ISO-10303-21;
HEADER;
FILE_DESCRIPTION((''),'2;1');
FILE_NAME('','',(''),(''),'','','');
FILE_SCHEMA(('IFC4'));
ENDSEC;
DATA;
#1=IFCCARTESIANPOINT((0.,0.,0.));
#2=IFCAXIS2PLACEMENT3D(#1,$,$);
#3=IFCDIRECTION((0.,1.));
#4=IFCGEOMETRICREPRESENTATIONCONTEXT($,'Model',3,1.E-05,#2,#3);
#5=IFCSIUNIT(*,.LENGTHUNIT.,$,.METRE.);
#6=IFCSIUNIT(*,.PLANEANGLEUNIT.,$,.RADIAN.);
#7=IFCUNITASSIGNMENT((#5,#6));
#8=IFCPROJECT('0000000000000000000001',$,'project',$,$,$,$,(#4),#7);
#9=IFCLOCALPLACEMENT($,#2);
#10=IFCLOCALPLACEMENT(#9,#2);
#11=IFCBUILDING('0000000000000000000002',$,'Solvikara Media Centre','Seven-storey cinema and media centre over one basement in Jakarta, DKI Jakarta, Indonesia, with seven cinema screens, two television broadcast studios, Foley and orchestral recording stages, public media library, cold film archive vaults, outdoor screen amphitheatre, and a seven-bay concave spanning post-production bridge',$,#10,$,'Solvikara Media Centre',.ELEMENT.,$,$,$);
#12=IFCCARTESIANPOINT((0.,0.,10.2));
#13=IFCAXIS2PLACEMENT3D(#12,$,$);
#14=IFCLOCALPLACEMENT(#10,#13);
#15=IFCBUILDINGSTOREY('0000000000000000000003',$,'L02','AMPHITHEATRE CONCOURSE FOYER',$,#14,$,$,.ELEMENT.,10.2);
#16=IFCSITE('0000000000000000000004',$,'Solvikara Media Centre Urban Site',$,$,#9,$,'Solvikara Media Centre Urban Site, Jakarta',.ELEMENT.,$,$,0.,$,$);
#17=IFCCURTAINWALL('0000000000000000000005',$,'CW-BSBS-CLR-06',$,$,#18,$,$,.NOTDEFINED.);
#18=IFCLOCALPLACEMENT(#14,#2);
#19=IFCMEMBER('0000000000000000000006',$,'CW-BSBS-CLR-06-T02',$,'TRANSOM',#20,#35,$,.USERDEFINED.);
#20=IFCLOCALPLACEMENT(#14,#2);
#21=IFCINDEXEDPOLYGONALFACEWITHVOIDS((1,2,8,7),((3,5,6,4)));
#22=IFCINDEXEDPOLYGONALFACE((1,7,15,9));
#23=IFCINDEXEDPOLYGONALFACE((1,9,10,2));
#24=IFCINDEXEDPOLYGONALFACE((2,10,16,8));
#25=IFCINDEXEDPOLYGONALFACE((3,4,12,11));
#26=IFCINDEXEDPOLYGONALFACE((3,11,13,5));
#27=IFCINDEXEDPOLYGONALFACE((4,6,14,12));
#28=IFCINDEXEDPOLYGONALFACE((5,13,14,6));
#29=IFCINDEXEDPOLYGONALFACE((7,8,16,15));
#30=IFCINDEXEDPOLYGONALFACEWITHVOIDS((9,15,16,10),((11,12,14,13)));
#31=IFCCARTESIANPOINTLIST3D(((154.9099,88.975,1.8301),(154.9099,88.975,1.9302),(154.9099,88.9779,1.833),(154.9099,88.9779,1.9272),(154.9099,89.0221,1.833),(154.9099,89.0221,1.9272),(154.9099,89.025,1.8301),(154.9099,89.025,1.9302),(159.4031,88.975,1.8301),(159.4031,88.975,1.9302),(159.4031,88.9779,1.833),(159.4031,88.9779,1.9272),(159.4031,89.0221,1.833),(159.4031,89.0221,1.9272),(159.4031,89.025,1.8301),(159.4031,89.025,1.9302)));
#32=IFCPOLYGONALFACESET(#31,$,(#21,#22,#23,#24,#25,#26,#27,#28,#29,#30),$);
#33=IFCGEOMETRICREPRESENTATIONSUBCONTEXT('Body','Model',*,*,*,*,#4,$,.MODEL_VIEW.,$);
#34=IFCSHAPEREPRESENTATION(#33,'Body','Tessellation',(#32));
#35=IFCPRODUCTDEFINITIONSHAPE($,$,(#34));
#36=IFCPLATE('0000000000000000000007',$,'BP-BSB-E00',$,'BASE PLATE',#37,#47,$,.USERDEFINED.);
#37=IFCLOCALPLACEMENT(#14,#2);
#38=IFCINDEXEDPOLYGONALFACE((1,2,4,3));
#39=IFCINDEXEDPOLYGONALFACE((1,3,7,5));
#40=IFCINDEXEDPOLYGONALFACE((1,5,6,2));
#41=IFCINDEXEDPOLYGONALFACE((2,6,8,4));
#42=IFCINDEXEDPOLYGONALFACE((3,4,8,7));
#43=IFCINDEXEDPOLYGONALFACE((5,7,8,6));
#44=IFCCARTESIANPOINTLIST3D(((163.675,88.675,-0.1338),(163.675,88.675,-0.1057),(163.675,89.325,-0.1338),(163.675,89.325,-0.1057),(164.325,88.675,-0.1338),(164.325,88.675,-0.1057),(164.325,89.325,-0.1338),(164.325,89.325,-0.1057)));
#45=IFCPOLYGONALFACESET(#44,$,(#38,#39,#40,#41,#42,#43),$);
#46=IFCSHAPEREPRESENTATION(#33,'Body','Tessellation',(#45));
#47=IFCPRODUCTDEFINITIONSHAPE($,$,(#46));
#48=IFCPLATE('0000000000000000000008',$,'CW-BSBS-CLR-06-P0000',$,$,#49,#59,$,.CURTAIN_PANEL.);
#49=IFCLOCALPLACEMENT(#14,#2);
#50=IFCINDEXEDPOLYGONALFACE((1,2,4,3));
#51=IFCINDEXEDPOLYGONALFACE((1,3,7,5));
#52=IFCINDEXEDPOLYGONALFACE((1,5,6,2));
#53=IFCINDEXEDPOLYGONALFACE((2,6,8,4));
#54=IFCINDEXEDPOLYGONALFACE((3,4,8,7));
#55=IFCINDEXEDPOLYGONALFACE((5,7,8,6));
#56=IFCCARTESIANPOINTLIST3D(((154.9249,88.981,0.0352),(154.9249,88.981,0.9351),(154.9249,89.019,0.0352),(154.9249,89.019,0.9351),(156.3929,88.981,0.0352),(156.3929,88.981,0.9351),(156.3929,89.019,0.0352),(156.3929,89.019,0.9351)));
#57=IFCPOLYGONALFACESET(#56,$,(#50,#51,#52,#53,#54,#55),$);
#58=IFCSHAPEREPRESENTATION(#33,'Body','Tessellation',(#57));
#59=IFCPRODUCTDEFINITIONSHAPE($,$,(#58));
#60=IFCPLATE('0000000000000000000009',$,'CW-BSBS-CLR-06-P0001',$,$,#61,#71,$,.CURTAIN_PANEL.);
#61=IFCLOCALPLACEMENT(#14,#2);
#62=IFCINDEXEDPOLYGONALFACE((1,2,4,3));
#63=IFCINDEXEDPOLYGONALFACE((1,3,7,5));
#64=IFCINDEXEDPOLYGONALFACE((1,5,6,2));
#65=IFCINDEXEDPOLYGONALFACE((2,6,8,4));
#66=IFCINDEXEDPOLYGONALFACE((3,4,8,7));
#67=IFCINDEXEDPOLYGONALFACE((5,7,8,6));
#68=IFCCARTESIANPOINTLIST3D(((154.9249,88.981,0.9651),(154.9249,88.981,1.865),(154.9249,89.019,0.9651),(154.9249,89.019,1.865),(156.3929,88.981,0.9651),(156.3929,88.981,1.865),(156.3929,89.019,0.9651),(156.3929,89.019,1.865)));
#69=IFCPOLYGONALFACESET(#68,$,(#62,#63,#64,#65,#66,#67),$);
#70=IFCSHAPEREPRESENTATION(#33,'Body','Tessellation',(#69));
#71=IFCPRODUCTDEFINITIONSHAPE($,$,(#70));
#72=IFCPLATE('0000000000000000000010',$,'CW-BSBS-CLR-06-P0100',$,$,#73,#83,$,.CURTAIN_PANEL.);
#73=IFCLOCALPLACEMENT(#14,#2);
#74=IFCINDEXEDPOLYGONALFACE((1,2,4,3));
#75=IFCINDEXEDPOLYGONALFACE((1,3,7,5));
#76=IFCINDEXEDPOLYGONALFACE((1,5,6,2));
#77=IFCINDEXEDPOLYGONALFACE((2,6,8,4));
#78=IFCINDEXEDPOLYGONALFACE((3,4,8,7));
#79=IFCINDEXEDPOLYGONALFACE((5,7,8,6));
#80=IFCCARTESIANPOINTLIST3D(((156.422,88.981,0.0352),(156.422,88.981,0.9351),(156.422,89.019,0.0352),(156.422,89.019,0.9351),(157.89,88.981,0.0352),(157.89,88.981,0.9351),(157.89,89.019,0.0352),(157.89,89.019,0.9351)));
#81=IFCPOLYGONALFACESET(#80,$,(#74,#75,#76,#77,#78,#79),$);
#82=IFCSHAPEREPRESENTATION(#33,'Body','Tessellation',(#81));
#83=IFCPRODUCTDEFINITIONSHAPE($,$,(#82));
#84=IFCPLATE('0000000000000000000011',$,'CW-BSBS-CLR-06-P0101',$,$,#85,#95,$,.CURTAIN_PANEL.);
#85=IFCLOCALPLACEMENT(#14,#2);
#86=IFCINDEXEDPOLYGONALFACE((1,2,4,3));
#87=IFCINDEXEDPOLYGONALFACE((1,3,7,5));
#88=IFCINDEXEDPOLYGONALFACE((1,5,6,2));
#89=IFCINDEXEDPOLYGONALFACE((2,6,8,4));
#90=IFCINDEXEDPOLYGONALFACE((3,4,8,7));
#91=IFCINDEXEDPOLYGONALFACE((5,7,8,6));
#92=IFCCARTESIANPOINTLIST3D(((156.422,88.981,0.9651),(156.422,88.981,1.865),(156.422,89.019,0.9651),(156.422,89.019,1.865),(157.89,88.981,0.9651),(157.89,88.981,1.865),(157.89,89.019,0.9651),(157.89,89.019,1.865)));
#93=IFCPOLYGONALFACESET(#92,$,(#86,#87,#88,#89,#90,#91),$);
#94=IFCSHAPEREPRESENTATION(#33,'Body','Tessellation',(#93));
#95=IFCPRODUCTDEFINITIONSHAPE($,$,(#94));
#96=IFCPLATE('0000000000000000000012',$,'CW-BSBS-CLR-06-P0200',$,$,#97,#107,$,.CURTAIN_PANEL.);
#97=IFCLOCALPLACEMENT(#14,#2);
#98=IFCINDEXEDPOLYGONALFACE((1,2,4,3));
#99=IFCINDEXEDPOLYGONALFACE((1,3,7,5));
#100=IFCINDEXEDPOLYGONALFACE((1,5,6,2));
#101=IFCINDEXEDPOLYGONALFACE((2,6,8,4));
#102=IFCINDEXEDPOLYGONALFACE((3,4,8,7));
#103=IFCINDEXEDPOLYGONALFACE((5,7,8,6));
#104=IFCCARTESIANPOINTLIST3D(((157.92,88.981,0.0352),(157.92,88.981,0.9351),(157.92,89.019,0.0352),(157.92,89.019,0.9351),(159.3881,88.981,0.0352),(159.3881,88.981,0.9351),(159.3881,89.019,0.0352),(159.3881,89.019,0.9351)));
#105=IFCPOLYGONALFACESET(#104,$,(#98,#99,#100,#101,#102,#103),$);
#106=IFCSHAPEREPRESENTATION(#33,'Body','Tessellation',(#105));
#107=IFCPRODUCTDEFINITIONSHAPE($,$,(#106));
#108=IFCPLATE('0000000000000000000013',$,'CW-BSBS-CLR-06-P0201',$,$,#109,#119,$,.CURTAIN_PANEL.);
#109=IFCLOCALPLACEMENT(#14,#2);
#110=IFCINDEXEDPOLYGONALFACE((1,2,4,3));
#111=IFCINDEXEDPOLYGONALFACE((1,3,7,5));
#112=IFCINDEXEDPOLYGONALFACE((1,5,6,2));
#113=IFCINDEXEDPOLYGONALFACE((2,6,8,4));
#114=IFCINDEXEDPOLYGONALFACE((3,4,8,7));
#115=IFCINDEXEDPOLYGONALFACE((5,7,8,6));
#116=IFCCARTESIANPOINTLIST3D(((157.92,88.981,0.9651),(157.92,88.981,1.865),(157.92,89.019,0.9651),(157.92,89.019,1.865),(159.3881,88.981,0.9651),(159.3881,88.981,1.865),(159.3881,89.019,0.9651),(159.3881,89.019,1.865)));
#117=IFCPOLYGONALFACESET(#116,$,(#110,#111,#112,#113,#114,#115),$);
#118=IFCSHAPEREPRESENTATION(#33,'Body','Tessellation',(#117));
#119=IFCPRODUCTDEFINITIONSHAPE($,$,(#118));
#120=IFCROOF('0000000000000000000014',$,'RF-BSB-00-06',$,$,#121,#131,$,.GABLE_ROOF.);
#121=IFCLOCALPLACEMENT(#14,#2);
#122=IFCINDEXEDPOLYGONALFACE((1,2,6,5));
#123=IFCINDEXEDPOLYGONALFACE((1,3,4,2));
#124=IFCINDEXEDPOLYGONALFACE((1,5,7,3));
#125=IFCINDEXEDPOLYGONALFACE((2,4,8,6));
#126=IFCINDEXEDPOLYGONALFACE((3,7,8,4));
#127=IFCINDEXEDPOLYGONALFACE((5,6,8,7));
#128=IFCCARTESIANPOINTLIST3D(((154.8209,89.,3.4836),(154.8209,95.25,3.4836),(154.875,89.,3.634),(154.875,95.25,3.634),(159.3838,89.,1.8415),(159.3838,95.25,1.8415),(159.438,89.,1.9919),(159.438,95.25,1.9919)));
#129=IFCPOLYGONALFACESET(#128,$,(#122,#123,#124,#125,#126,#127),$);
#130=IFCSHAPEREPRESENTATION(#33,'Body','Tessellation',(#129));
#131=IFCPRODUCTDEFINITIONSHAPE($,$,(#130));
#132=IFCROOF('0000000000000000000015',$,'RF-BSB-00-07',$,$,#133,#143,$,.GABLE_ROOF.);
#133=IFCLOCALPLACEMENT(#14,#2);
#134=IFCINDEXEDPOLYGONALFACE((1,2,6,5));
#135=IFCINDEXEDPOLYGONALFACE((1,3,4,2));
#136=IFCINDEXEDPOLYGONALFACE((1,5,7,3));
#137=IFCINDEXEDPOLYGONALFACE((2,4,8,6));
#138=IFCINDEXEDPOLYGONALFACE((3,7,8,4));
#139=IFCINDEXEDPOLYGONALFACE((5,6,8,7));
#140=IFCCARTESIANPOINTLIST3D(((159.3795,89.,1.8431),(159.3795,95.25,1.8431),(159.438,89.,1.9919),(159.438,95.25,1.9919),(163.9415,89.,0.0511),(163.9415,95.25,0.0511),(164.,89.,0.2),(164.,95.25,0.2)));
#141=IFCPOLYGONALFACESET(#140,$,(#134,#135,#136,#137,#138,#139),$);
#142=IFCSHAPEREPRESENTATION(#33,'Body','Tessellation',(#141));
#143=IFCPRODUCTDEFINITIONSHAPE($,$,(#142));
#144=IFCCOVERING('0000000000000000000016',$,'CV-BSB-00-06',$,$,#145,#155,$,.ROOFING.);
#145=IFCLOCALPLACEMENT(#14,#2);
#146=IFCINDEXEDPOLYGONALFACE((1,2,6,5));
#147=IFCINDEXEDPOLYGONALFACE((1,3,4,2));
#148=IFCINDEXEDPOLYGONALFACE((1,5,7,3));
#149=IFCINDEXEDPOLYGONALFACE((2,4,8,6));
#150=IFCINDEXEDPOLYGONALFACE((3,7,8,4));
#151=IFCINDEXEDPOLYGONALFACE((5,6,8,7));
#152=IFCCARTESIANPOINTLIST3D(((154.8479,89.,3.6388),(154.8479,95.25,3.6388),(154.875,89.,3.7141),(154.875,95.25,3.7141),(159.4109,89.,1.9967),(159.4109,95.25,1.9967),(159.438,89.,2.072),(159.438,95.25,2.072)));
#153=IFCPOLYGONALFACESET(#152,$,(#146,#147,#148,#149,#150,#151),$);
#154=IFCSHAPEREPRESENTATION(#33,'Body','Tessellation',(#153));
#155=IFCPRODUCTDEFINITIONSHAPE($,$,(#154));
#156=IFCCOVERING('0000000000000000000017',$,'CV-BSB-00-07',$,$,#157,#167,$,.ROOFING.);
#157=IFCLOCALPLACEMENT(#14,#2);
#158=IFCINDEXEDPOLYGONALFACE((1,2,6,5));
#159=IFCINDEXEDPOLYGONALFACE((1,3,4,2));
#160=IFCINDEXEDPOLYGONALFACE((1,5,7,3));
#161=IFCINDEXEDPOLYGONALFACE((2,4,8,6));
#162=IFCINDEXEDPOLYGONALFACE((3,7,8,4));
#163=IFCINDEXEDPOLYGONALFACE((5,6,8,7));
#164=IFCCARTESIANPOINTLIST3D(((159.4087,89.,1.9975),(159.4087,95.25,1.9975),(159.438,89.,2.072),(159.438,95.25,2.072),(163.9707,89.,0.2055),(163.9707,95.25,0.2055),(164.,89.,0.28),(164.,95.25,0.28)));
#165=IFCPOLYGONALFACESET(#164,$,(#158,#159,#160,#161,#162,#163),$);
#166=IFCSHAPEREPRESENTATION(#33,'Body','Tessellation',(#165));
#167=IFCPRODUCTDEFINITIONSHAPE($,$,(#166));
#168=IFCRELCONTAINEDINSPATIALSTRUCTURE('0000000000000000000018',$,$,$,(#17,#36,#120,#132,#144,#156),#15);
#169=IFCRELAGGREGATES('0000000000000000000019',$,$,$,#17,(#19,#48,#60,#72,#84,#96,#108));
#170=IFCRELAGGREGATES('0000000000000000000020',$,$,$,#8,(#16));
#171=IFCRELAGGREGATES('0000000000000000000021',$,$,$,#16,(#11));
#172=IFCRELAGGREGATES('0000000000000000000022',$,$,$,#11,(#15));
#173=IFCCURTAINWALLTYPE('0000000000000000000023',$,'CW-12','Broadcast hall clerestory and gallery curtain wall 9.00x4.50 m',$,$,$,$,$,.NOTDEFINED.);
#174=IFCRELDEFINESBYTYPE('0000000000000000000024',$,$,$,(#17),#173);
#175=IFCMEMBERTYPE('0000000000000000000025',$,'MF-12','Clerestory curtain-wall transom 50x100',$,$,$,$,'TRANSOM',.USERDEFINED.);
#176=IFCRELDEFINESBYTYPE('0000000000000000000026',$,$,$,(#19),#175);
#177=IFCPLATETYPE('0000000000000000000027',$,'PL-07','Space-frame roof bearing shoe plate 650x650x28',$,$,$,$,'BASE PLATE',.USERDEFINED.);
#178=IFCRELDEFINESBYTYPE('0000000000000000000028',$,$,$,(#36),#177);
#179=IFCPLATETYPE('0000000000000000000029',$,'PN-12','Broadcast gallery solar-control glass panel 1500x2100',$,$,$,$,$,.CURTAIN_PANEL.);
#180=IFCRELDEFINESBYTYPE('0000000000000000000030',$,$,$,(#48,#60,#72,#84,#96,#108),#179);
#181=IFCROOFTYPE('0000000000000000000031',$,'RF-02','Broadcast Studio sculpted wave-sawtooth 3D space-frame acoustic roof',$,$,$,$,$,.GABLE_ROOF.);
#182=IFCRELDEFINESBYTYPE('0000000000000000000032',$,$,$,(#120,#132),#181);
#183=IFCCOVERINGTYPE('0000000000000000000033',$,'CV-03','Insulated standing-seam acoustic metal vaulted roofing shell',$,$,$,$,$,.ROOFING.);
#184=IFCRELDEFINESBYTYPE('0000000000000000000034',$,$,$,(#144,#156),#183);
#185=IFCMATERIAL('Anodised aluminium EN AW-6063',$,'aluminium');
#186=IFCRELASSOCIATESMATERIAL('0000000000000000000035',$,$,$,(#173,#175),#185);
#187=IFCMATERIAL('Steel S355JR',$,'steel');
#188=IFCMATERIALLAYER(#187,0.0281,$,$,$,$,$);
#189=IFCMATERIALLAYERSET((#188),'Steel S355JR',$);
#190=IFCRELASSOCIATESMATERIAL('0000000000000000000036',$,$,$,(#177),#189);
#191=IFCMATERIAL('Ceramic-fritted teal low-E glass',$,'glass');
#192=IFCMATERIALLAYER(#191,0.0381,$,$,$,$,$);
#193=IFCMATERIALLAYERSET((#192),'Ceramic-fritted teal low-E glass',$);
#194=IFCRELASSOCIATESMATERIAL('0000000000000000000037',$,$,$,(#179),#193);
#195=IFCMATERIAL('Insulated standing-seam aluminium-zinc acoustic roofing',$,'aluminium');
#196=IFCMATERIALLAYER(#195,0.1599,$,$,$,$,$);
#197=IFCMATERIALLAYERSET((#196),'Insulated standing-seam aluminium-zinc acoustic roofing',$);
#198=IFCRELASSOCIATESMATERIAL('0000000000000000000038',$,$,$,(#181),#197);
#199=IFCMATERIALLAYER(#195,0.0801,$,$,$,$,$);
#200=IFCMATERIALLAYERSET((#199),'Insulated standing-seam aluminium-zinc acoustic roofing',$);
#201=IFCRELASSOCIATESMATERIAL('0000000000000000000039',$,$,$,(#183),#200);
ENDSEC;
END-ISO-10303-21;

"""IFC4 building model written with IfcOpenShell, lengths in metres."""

from ifc_helpers import new_model, si_unit, direction, frame, origin, origin_2d, place, context, subcontext, project, spatial, polyline, rectangle, hollow_rectangle, outline, extrude, material, layer, layer_set, material_profile, profile_set, type_object, element, aggregate, save


model = new_model("IFC4")

# Units and contexts
model_context = context("Model", 3, precision=1e-05, world=origin(), true_north=direction((0.0, 1.0)))
body_context = subcontext(model_context, "Body", "Model", "MODEL_VIEW")
ifc_project = project(units=[si_unit("LENGTHUNIT", "METRE"), si_unit("PLANEANGLEUNIT", "RADIAN")], contexts=[model_context])

# Site, building, storey
site_placement = place(None, origin())
site = spatial("IfcSite", under=ifc_project, at=site_placement, Name="Solvikara Media Centre Urban Site", LongName="Solvikara Media Centre Urban Site, Jakarta", CompositionType="ELEMENT", RefElevation=0.0)
building_placement = place(site_placement, origin())
building = spatial("IfcBuilding", under=site, at=building_placement, Name="Solvikara Media Centre", Description="Seven-storey cinema and media centre over one basement in Jakarta, DKI Jakarta, Indonesia, with seven cinema screens, two television broadcast studios, Foley and orchestral recording stages, public media library, cold film archive vaults, outdoor screen amphitheatre, and a seven-bay concave spanning post-production bridge", LongName="Solvikara Media Centre", CompositionType="ELEMENT")
storey_placement = place(building_placement, frame((0.0, 0.0, 10.2)))
storey = spatial("IfcBuildingStorey", under=building, at=storey_placement, Name="L02", Description="AMPHITHEATRE CONCOURSE FOYER", CompositionType="ELEMENT", Elevation=10.2)

# Shared definitions
ifc_material_1 = material(Name="Steel S355JR", Category="steel")

# Shared definitions
ifc_material_2 = material(Name="Anodised aluminium EN AW-6063", Category="aluminium")
curtain_wall_type = type_object("IfcCurtainWallType", Name="CW-12", Description="Broadcast hall clerestory and gallery curtain wall 9.00x4.50 m", PredefinedType="NOTDEFINED", material=ifc_material_2)

# Curtain wall, member
curtain_wall_1_placement = place(storey_placement, origin())
curtain_wall_1 = element("IfcCurtainWall", 1, at=curtain_wall_1_placement, inside=storey, type_object=curtain_wall_type, Name="CW-BSBS-CLR-06", PredefinedType="NOTDEFINED")
ifc_material_profile_1 = material_profile(ifc_material_2, hollow_rectangle(XDim=0.05, YDim=0.1001, WallThickness=0.0029, at=origin_2d()), Name="ALU-T 50x100x3")
ifc_profile_set_1 = profile_set([ifc_material_profile_1], Name="Anodised aluminium EN AW-6063")
member_type_1 = type_object("IfcMemberType", Name="MF-12", Description="Clerestory curtain-wall transom 50x100", ElementType="TRANSOM", PredefinedType="USERDEFINED", material=ifc_profile_set_1)
member_1_placement = place(storey_placement, frame((154.9099, 89.0, 1.8801), z_axis=(1.0, 0.0, 0.0), x_axis=(0.0, 1.0, 0.0)))
member_1 = element("IfcMember", 2, at=member_1_placement, type_object=member_type_1, Name="CW-BSBS-CLR-06-T02", ObjectType="TRANSOM", PredefinedType="USERDEFINED", context=body_context, shape_type="SweptSolid", body=[
    extrude(hollow_rectangle(XDim=0.05, YDim=0.1001, WallThickness=0.0029, at=origin_2d()), origin(), (0.0, 0.0, 1.0), 4.4932),
])

# Plates
ifc_layer_1 = layer(ifc_material_1, 0.0281)
ifc_layer_set_1 = layer_set([ifc_layer_1], Name="Steel S355JR")
plate_type_1 = type_object("IfcPlateType", Name="PL-07", Description="Space-frame roof bearing shoe plate 650x650x28", ElementType="BASE PLATE", PredefinedType="USERDEFINED", material=ifc_layer_set_1)
plate_1_placement = place(storey_placement, frame((164.0, 89.0, -0.1338), z_axis=(0.0, 0.0, 1.0), x_axis=(1.0, 0.0, 0.0)))
element("IfcPlate", 3, at=plate_1_placement, inside=storey, type_object=plate_type_1, Name="BP-BSB-E00", ObjectType="BASE PLATE", PredefinedType="USERDEFINED", context=body_context, shape_type="SweptSolid", body=[
    extrude(rectangle(XDim=0.6499, YDim=0.6499, at=origin_2d()), origin(), (0.0, 0.0, 1.0), 0.0281),
])
ifc_material_3 = material(Name="Ceramic-fritted teal low-E glass", Category="glass")
ifc_layer_2 = layer(ifc_material_3, 0.0381)
ifc_layer_set_2 = layer_set([ifc_layer_2], Name="Ceramic-fritted teal low-E glass")
plate_type_2 = type_object("IfcPlateType", Name="PN-12", Description="Broadcast gallery solar-control glass panel 1500x2100", PredefinedType="CURTAIN_PANEL", material=ifc_layer_set_2)
plate_2_placement = place(storey_placement, frame((155.6589, 89.0, 0.0352), z_axis=(0.0, 0.0, 1.0), x_axis=(1.0, 0.0, 0.0)))
plate_2 = element("IfcPlate", 4, at=plate_2_placement, type_object=plate_type_2, Name="CW-BSBS-CLR-06-P0000", PredefinedType="CURTAIN_PANEL", context=body_context, shape_type="SweptSolid", body=[
    extrude(rectangle(XDim=1.468, YDim=0.0381, at=origin_2d()), origin(), (0.0, 0.0, 1.0), 0.8999),
])
plate_3_placement = place(storey_placement, frame((155.6589, 89.0, 0.9651), z_axis=(0.0, 0.0, 1.0), x_axis=(1.0, 0.0, 0.0)))
plate_3 = element("IfcPlate", 5, at=plate_3_placement, type_object=plate_type_2, Name="CW-BSBS-CLR-06-P0001", PredefinedType="CURTAIN_PANEL", context=body_context, shape_type="SweptSolid", body=[
    extrude(rectangle(XDim=1.468, YDim=0.0381, at=origin_2d()), origin(), (0.0, 0.0, 1.0), 0.8999),
])
plate_4_placement = place(storey_placement, frame((157.156, 89.0, 0.0352), z_axis=(0.0, 0.0, 1.0), x_axis=(1.0, 0.0, 0.0)))
plate_4 = element("IfcPlate", 6, at=plate_4_placement, type_object=plate_type_2, Name="CW-BSBS-CLR-06-P0100", PredefinedType="CURTAIN_PANEL", context=body_context, shape_type="SweptSolid", body=[
    extrude(rectangle(XDim=1.468, YDim=0.0381, at=origin_2d()), origin(), (0.0, 0.0, 1.0), 0.8999),
])
plate_5_placement = place(storey_placement, frame((157.156, 89.0, 0.9651), z_axis=(0.0, 0.0, 1.0), x_axis=(1.0, 0.0, 0.0)))
plate_5 = element("IfcPlate", 7, at=plate_5_placement, type_object=plate_type_2, Name="CW-BSBS-CLR-06-P0101", PredefinedType="CURTAIN_PANEL", context=body_context, shape_type="SweptSolid", body=[
    extrude(rectangle(XDim=1.468, YDim=0.0381, at=origin_2d()), origin(), (0.0, 0.0, 1.0), 0.8999),
])
plate_6_placement = place(storey_placement, frame((158.6541, 89.0, 0.0352), z_axis=(0.0, 0.0, 1.0), x_axis=(1.0, 0.0, 0.0)))
plate_6 = element("IfcPlate", 8, at=plate_6_placement, type_object=plate_type_2, Name="CW-BSBS-CLR-06-P0200", PredefinedType="CURTAIN_PANEL", context=body_context, shape_type="SweptSolid", body=[
    extrude(rectangle(XDim=1.468, YDim=0.0381, at=origin_2d()), origin(), (0.0, 0.0, 1.0), 0.8999),
])
plate_7_placement = place(storey_placement, frame((158.6541, 89.0, 0.9651), z_axis=(0.0, 0.0, 1.0), x_axis=(1.0, 0.0, 0.0)))
plate_7 = element("IfcPlate", 9, at=plate_7_placement, type_object=plate_type_2, Name="CW-BSBS-CLR-06-P0201", PredefinedType="CURTAIN_PANEL", context=body_context, shape_type="SweptSolid", body=[
    extrude(rectangle(XDim=1.468, YDim=0.0381, at=origin_2d()), origin(), (0.0, 0.0, 1.0), 0.8999),
])
aggregate(curtain_wall_1, [member_1, plate_2, plate_3, plate_4, plate_5, plate_6, plate_7])

# Roofs
ifc_material_4 = material(Name="Insulated standing-seam aluminium-zinc acoustic roofing", Category="aluminium")
ifc_layer_3 = layer(ifc_material_4, 0.1599)
ifc_layer_set_3 = layer_set([ifc_layer_3], Name="Insulated standing-seam aluminium-zinc acoustic roofing")
roof_type = type_object("IfcRoofType", Name="RF-02", Description="Broadcast Studio sculpted wave-sawtooth 3D space-frame acoustic roof", PredefinedType="GABLE_ROOF", material=ifc_layer_set_3)
roof_1_placement = place(storey_placement, frame((154.875, 89.0, 3.634), z_axis=(0.338613, 0.0, 0.940926), x_axis=(0.940926, 0.0, -0.338613)))
element("IfcRoof", 10, at=roof_1_placement, inside=storey, type_object=roof_type, Name="RF-BSB-00-06", PredefinedType="GABLE_ROOF", context=body_context, shape_type="SweptSolid", body=[
    extrude(outline(polyline([(0.0, 0.0), (4.8495, 0.0), (4.8495, 6.25), (0.0, 6.25), (0.0, 0.0)])), origin(), (0.0, 0.0, -1.0), 0.1599),
])
roof_2_placement = place(storey_placement, frame((159.438, 89.0, 1.9919), z_axis=(0.365612, 0.0, 0.930767), x_axis=(0.930767, 0.0, -0.365612)))
element("IfcRoof", 11, at=roof_2_placement, inside=storey, type_object=roof_type, Name="RF-BSB-00-07", PredefinedType="GABLE_ROOF", context=body_context, shape_type="SweptSolid", body=[
    extrude(outline(polyline([(0.0, 0.0), (4.9013, 0.0), (4.9013, 6.25), (0.0, 6.25), (0.0, 0.0)])), origin(), (0.0, 0.0, -1.0), 0.1599),
])

# Coverings
ifc_layer_4 = layer(ifc_material_4, 0.0801)
ifc_layer_set_4 = layer_set([ifc_layer_4], Name="Insulated standing-seam aluminium-zinc acoustic roofing")
covering_type = type_object("IfcCoveringType", Name="CV-03", Description="Insulated standing-seam acoustic metal vaulted roofing shell", PredefinedType="ROOFING", material=ifc_layer_set_4)
covering_1_placement = place(storey_placement, frame((154.875, 89.0, 3.7141), z_axis=(0.338613, 0.0, 0.940926), x_axis=(0.940926, 0.0, -0.338613)))
element("IfcCovering", 12, at=covering_1_placement, inside=storey, type_object=covering_type, Name="CV-BSB-00-06", PredefinedType="ROOFING", context=body_context, shape_type="SweptSolid", body=[
    extrude(outline(polyline([(0.0, 0.0), (4.8495, 0.0), (4.8495, 6.25), (0.0, 6.25), (0.0, 0.0)])), origin(), (0.0, 0.0, -1.0), 0.0801),
])
covering_2_placement = place(storey_placement, frame((159.438, 89.0, 2.072), z_axis=(0.365612, 0.0, 0.930767), x_axis=(0.930767, 0.0, -0.365612)))
element("IfcCovering", 13, at=covering_2_placement, inside=storey, type_object=covering_type, Name="CV-BSB-00-07", PredefinedType="ROOFING", context=body_context, shape_type="SweptSolid", body=[
    extrude(outline(polyline([(0.0, 0.0), (4.9013, 0.0), (4.9013, 6.25), (0.0, 6.25), (0.0, 0.0)])), origin(), (0.0, 0.0, -1.0), 0.0801),
])

save(model, "model.ifc")
